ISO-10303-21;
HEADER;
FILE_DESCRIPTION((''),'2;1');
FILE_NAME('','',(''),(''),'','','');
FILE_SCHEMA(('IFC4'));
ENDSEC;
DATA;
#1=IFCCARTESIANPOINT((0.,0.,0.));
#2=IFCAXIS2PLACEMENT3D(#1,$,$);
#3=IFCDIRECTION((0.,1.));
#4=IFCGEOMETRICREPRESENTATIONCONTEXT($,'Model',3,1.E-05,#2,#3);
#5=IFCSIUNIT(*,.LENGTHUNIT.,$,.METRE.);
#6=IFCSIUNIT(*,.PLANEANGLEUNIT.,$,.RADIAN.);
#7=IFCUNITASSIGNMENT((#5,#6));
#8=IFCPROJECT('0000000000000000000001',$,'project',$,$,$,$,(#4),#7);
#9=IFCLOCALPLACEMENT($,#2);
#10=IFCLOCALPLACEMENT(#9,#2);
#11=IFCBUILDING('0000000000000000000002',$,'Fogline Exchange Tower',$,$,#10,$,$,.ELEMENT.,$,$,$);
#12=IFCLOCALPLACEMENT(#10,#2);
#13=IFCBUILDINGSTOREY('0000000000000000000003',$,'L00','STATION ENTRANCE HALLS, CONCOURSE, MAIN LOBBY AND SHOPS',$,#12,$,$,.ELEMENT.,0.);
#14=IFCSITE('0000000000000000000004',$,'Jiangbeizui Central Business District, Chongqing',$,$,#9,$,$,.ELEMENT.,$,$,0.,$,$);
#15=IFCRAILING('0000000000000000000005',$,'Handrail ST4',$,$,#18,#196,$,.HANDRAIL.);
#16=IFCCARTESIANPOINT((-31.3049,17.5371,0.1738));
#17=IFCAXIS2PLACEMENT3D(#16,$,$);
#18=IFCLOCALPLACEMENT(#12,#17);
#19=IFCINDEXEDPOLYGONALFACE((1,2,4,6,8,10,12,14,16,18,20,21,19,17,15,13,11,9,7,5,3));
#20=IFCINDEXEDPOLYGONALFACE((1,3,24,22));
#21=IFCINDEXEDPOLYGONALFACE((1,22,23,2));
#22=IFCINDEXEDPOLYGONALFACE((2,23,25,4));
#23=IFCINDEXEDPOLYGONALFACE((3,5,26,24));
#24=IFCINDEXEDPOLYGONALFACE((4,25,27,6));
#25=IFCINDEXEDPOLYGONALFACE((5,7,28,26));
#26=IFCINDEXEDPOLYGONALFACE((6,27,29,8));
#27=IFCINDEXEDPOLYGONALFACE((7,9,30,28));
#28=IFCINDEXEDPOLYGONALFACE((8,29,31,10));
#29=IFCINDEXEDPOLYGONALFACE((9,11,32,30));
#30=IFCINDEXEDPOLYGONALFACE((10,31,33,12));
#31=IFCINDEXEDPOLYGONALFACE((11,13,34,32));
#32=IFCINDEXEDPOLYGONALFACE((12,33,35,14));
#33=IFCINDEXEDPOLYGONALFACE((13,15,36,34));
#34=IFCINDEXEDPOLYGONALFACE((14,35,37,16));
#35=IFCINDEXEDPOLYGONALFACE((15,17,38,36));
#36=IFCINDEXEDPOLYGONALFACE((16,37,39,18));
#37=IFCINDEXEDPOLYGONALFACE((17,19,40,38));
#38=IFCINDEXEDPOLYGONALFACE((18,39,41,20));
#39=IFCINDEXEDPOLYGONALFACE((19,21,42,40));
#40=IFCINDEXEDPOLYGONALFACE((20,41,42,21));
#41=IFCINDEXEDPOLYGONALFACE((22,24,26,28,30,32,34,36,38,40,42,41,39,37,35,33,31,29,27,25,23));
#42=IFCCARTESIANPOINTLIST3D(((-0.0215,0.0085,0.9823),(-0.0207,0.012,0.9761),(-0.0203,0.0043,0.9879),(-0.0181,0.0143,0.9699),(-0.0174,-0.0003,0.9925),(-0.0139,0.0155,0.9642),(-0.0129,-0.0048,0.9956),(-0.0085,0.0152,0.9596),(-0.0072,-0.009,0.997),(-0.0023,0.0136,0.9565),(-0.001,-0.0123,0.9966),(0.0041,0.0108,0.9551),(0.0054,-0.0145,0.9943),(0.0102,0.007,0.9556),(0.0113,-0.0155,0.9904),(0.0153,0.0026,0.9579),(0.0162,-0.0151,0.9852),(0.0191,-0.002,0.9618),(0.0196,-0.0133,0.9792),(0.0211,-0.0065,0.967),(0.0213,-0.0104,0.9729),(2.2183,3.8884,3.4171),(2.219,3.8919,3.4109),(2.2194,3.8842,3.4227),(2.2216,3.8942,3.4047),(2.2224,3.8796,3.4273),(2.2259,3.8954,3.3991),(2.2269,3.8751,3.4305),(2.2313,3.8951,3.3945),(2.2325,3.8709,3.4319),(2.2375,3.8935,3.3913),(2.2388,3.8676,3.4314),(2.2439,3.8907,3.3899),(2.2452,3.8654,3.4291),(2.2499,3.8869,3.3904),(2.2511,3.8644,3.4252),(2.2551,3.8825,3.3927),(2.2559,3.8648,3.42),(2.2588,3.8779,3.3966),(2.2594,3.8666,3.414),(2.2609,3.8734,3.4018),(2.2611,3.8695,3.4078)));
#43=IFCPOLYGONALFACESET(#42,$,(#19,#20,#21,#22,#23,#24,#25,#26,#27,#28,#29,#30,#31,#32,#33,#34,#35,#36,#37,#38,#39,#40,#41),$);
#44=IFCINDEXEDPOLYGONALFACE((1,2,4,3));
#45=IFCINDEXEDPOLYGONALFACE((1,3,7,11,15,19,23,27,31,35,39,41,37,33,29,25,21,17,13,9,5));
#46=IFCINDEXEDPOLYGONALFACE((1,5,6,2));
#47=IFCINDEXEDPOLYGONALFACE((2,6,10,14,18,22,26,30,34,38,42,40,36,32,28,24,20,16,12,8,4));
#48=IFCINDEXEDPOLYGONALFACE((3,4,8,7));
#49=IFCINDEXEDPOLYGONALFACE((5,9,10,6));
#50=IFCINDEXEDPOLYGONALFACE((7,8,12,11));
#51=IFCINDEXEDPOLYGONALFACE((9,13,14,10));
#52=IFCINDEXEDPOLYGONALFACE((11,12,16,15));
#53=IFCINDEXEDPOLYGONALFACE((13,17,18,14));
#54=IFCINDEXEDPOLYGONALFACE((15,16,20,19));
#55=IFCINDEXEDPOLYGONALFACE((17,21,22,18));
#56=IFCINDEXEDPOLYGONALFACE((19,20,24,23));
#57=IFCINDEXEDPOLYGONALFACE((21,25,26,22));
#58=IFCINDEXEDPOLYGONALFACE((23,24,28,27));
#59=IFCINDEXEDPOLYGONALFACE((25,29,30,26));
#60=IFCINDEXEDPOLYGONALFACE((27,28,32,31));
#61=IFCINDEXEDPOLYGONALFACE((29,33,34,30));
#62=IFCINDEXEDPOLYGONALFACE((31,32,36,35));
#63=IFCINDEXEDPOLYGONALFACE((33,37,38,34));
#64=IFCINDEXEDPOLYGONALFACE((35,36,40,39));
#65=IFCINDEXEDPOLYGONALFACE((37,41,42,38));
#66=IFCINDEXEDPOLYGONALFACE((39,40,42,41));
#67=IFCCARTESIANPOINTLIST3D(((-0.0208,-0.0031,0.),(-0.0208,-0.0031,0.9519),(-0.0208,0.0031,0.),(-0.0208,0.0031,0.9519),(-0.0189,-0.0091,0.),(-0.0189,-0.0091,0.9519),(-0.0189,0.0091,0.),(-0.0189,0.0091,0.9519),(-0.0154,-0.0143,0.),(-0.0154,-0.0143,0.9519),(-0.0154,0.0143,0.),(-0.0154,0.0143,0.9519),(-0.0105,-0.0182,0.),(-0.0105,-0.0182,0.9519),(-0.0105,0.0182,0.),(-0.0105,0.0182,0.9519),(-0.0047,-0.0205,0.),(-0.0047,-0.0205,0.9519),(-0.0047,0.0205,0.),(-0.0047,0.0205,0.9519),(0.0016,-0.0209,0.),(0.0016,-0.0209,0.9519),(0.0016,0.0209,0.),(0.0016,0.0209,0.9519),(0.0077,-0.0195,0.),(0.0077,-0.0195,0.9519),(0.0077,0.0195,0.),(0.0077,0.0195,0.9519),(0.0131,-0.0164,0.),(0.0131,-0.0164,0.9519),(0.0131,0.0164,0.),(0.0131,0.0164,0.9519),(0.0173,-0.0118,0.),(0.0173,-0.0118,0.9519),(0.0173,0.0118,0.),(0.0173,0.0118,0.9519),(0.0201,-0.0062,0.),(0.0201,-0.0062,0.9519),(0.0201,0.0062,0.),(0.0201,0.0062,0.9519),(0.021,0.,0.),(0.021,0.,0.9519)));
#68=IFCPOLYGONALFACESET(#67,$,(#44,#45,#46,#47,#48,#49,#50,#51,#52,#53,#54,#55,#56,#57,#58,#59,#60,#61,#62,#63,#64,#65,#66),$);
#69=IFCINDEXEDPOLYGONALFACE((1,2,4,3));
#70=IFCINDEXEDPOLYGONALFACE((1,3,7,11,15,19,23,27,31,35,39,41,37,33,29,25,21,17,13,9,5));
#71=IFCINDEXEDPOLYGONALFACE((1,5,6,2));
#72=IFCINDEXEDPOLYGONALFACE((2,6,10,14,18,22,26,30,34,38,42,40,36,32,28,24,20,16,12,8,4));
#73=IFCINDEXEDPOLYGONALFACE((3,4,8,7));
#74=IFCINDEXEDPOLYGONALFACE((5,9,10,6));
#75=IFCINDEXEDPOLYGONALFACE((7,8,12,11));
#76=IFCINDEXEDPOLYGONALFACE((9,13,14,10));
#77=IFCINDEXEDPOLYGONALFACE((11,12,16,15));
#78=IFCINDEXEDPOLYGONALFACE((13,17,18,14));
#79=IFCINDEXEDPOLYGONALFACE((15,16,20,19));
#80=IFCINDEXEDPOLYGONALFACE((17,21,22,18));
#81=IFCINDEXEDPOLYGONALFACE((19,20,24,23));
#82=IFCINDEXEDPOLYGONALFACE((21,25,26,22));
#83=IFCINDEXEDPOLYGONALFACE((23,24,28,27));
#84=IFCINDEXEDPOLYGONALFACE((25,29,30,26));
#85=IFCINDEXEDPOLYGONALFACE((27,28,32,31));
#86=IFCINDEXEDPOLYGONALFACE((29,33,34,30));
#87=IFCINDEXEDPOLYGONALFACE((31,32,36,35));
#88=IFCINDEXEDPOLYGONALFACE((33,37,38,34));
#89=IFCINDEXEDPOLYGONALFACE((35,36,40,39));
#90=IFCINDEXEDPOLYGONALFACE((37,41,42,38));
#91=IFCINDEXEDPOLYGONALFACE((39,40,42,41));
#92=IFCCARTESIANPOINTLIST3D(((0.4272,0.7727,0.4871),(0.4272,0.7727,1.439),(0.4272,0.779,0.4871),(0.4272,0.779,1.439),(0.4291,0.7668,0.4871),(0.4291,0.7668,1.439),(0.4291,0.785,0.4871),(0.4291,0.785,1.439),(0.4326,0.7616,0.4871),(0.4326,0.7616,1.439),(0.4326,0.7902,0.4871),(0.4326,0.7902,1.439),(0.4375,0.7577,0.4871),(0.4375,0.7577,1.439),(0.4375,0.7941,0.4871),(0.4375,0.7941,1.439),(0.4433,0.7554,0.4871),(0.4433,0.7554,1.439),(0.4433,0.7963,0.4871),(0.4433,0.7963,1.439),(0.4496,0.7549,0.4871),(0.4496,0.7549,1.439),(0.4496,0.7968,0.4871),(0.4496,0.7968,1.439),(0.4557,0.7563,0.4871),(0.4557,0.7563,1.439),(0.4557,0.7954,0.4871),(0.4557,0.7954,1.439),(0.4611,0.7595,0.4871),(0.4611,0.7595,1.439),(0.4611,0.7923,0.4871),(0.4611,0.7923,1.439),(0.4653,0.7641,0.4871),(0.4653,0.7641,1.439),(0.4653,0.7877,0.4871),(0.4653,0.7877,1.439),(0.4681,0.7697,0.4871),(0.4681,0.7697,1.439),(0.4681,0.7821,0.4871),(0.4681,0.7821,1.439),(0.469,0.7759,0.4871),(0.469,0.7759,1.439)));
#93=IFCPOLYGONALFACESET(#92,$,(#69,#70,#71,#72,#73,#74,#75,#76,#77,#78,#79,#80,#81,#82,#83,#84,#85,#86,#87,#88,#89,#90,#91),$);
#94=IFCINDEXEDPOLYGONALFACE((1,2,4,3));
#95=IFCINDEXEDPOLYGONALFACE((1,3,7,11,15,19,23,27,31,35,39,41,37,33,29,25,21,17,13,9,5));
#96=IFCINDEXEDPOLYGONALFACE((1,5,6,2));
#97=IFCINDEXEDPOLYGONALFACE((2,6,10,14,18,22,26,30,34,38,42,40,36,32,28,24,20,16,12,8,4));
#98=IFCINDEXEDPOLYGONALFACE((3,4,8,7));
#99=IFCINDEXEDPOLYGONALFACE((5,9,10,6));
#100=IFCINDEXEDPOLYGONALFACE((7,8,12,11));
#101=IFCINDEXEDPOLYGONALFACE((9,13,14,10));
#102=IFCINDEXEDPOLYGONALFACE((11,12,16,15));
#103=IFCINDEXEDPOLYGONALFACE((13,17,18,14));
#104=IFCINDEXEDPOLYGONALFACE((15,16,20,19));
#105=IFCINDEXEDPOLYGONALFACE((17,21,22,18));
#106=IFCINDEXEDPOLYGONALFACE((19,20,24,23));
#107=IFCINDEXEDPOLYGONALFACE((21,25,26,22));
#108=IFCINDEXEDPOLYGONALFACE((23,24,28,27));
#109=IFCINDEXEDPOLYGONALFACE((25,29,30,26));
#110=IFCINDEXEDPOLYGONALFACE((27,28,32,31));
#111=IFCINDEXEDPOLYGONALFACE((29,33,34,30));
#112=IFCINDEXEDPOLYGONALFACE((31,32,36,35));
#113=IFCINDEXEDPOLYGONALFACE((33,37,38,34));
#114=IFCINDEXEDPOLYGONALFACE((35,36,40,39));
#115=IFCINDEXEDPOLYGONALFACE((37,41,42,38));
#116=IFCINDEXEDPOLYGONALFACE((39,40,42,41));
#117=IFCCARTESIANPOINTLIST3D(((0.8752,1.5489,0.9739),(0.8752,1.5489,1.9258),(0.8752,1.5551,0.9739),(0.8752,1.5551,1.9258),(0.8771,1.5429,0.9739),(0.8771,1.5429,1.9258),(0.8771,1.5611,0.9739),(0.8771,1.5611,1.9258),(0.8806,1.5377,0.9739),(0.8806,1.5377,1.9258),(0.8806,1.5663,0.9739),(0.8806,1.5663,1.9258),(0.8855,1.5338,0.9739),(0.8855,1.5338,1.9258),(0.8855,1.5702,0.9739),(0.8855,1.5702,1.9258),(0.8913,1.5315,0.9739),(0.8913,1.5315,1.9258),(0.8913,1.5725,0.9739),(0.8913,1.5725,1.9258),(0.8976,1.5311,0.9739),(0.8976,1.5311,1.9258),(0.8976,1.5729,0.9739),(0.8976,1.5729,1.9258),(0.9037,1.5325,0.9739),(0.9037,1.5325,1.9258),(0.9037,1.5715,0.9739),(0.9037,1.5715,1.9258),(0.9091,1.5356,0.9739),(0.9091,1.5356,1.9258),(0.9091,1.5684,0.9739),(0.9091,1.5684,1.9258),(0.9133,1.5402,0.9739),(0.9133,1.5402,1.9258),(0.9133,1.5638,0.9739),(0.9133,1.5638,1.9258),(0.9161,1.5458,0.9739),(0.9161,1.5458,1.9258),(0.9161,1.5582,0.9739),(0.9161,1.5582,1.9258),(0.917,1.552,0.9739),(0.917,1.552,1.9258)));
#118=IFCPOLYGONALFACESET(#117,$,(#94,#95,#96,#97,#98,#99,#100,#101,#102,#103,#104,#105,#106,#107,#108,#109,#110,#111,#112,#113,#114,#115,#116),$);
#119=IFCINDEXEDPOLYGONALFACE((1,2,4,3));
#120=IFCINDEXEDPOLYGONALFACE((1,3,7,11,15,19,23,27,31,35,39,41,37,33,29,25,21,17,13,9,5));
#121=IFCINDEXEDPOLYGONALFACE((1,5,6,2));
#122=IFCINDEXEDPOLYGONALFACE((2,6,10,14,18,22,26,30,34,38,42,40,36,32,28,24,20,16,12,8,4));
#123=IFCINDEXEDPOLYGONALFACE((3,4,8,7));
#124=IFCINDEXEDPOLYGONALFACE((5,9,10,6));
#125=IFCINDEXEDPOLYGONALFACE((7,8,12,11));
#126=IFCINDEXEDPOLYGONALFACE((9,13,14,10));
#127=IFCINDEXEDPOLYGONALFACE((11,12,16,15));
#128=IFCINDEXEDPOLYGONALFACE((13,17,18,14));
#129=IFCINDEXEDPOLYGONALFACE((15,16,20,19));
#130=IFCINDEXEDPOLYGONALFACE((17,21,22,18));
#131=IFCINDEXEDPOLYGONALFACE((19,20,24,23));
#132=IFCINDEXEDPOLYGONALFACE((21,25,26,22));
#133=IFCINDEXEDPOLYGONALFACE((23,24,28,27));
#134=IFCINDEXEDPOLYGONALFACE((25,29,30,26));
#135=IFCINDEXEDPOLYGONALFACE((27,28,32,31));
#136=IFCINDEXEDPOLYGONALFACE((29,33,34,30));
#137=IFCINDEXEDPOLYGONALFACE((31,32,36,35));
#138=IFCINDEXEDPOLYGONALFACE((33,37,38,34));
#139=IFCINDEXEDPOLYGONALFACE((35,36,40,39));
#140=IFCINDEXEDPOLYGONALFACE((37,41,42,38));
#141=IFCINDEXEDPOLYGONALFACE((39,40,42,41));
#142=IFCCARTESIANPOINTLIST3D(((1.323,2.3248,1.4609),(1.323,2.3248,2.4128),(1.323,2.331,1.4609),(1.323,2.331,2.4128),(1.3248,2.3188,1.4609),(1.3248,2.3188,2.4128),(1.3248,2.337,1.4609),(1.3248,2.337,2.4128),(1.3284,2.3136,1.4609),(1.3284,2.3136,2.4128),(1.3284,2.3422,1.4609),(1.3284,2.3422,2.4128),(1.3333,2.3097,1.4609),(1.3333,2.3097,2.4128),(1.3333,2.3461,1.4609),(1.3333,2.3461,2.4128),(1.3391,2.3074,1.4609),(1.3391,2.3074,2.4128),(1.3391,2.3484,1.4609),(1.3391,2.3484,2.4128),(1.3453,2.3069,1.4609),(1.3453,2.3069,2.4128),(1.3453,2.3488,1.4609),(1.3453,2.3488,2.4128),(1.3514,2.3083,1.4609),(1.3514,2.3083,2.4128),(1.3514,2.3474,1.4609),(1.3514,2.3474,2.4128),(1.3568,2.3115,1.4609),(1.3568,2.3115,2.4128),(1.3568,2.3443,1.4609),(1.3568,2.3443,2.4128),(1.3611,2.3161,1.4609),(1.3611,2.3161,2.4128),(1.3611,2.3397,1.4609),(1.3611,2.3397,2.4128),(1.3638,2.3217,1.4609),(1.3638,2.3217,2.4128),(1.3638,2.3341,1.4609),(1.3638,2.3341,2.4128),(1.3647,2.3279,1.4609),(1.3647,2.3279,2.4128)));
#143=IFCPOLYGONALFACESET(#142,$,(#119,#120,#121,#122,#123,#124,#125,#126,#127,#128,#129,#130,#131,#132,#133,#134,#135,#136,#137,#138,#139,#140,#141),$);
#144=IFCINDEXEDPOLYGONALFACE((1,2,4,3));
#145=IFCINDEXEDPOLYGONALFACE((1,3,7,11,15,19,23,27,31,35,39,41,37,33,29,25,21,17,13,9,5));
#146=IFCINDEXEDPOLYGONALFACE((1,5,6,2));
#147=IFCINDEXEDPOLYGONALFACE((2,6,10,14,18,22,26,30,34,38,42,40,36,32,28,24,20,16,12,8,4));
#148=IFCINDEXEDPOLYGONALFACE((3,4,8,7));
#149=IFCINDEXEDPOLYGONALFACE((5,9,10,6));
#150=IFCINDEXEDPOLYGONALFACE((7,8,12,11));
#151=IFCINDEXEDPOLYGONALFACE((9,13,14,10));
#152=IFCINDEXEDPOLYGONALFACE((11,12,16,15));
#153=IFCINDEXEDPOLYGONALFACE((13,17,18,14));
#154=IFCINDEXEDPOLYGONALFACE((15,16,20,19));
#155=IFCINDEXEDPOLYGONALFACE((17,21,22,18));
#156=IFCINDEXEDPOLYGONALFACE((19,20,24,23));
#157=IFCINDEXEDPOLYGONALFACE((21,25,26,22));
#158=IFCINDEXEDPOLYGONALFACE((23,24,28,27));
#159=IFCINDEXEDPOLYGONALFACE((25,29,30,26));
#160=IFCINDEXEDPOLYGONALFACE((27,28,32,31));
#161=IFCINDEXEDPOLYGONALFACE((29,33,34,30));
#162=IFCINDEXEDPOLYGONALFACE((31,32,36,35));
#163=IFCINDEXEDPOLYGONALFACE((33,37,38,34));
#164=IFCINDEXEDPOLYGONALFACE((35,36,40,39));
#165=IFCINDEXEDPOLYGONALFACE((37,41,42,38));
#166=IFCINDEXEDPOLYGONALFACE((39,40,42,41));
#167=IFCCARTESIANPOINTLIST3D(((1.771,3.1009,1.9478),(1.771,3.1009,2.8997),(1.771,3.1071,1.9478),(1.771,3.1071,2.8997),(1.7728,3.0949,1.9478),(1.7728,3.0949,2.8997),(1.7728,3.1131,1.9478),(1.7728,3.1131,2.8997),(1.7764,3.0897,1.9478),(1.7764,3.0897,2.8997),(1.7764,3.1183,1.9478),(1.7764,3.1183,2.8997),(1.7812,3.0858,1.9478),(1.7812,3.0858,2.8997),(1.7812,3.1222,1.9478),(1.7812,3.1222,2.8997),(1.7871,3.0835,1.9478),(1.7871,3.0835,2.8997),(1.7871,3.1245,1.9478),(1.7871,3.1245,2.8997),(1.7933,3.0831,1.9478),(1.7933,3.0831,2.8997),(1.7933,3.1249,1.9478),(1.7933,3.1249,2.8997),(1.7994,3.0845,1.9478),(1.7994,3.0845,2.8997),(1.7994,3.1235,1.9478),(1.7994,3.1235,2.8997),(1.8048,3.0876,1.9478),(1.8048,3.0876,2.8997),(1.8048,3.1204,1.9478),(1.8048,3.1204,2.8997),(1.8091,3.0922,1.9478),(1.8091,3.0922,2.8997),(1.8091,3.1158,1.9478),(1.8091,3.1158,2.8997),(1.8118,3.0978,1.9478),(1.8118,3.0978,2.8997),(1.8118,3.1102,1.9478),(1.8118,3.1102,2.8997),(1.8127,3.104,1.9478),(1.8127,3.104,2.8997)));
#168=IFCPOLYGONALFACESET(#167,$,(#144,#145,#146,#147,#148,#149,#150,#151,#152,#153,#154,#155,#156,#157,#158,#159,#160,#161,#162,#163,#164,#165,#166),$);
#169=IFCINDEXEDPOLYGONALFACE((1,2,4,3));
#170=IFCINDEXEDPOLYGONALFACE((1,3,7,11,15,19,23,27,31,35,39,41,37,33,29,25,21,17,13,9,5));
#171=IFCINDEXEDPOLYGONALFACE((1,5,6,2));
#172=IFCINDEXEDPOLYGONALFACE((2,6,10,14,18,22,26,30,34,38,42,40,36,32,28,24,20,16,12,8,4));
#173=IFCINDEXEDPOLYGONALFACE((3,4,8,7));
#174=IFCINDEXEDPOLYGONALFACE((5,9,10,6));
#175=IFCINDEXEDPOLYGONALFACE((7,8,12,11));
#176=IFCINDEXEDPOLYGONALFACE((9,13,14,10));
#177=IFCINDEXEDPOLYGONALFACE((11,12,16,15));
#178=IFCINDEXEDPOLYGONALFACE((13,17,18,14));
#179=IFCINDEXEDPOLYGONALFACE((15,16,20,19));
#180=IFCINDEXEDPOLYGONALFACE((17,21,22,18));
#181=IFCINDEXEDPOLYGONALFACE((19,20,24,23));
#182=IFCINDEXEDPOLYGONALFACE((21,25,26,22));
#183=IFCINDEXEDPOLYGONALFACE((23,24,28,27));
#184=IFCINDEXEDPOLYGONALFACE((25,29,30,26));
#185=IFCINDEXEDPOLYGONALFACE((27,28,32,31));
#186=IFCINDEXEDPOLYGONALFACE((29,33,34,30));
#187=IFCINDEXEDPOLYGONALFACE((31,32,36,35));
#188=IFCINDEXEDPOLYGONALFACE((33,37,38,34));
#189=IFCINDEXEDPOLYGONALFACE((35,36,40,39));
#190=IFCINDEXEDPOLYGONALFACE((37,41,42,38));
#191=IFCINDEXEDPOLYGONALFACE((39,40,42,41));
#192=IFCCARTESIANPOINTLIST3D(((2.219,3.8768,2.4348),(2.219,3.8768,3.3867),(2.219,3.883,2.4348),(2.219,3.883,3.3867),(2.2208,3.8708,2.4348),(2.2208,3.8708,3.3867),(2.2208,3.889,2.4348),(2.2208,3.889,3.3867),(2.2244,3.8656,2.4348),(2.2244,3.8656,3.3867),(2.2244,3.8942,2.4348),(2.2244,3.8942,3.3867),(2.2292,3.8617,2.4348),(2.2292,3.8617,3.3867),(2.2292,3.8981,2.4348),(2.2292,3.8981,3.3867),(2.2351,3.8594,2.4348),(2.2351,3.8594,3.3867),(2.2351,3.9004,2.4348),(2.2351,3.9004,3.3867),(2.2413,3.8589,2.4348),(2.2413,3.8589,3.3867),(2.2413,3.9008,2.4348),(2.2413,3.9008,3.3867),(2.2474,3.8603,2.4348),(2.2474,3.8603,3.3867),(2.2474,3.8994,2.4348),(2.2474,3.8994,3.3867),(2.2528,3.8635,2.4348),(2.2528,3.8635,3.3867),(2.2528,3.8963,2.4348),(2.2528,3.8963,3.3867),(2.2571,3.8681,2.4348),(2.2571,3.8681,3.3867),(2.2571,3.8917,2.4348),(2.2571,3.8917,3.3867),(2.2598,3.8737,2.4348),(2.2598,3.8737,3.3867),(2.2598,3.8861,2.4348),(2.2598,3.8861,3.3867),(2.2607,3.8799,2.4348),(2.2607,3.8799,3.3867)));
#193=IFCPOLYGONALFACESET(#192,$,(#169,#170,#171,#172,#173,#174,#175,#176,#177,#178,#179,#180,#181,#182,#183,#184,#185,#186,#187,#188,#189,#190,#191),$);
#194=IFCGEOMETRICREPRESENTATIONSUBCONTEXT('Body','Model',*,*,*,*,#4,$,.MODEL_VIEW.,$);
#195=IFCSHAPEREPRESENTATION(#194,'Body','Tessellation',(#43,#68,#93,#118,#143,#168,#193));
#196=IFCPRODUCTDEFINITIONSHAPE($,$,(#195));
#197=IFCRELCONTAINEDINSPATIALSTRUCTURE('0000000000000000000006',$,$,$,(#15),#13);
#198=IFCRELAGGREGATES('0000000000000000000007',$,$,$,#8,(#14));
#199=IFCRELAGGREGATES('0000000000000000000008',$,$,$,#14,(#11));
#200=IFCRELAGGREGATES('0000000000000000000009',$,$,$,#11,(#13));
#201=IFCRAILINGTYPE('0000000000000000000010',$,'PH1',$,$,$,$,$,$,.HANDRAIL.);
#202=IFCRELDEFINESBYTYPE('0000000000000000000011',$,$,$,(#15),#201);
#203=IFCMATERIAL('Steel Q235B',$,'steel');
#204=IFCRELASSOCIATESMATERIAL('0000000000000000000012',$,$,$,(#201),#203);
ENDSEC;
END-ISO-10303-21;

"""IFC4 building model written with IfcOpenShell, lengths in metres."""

from ifc_helpers import new_model, si_unit, direction, frame, origin, origin_2d, place, context, subcontext, project, spatial, circle, extrude, material, type_object, element, save


model = new_model("IFC4")

# Units and contexts
model_context = context("Model", 3, precision=1e-05, world=origin(), true_north=direction((0.0, 1.0)))
body_context = subcontext(model_context, "Body", "Model", "MODEL_VIEW")
ifc_project = project(units=[si_unit("LENGTHUNIT", "METRE"), si_unit("PLANEANGLEUNIT", "RADIAN")], contexts=[model_context])

# Site, building, storey
site_placement = place(None, origin())
site = spatial("IfcSite", under=ifc_project, at=site_placement, Name="Jiangbeizui Central Business District, Chongqing", CompositionType="ELEMENT", RefElevation=0.0)
building_placement = place(site_placement, origin())
building = spatial("IfcBuilding", under=site, at=building_placement, Name="Fogline Exchange Tower", CompositionType="ELEMENT")
storey_placement = place(building_placement, origin())
storey = spatial("IfcBuildingStorey", under=building, at=storey_placement, Name="L00", Description="STATION ENTRANCE HALLS, CONCOURSE, MAIN LOBBY AND SHOPS", CompositionType="ELEMENT", Elevation=0.0)

# Shared definitions
ifc_material_1 = material(Name="Steel Q235B", Category="steel")

# Railing
railing_type_1 = type_object("IfcRailingType", Name="PH1", PredefinedType="HANDRAIL", material=ifc_material_1)
railing_1_placement = place(storey_placement, frame((-31.3049, 17.5371, 0.1738)))
element("IfcRailing", 1, at=railing_1_placement, inside=storey, type_object=railing_type_1, Name="Handrail ST4", PredefinedType="HANDRAIL", context=body_context, shape_type="SweptSolid", body=[
    extrude(circle(Radius=0.0239, at=origin_2d()), frame((0.0, 0.0, 0.9761), z_axis=(0.439265, 0.760933, 0.477522), x_axis=(-0.866055, 0.499949, 0.0)), (0.0, 0.0, 1.0), 5.0989),
    extrude(circle(Radius=0.021, at=origin_2d()), origin(), (0.0, 0.0, 1.0), 0.9519),
    extrude(circle(Radius=0.021, at=origin_2d()), frame((0.448, 0.7759, 0.4871)), (0.0, 0.0, 1.0), 0.9519),
    extrude(circle(Radius=0.021, at=origin_2d()), frame((0.896, 1.552, 0.9739)), (0.0, 0.0, 1.0), 0.9519),
    extrude(circle(Radius=0.021, at=origin_2d()), frame((1.3438, 2.3279, 1.4609)), (0.0, 0.0, 1.0), 0.9519),
    extrude(circle(Radius=0.021, at=origin_2d()), frame((1.7917, 3.104, 1.9478)), (0.0, 0.0, 1.0), 0.9519),
    extrude(circle(Radius=0.021, at=origin_2d()), frame((2.2397, 3.8799, 2.4348)), (0.0, 0.0, 1.0), 0.9519),
])

save(model, "model.ifc")
